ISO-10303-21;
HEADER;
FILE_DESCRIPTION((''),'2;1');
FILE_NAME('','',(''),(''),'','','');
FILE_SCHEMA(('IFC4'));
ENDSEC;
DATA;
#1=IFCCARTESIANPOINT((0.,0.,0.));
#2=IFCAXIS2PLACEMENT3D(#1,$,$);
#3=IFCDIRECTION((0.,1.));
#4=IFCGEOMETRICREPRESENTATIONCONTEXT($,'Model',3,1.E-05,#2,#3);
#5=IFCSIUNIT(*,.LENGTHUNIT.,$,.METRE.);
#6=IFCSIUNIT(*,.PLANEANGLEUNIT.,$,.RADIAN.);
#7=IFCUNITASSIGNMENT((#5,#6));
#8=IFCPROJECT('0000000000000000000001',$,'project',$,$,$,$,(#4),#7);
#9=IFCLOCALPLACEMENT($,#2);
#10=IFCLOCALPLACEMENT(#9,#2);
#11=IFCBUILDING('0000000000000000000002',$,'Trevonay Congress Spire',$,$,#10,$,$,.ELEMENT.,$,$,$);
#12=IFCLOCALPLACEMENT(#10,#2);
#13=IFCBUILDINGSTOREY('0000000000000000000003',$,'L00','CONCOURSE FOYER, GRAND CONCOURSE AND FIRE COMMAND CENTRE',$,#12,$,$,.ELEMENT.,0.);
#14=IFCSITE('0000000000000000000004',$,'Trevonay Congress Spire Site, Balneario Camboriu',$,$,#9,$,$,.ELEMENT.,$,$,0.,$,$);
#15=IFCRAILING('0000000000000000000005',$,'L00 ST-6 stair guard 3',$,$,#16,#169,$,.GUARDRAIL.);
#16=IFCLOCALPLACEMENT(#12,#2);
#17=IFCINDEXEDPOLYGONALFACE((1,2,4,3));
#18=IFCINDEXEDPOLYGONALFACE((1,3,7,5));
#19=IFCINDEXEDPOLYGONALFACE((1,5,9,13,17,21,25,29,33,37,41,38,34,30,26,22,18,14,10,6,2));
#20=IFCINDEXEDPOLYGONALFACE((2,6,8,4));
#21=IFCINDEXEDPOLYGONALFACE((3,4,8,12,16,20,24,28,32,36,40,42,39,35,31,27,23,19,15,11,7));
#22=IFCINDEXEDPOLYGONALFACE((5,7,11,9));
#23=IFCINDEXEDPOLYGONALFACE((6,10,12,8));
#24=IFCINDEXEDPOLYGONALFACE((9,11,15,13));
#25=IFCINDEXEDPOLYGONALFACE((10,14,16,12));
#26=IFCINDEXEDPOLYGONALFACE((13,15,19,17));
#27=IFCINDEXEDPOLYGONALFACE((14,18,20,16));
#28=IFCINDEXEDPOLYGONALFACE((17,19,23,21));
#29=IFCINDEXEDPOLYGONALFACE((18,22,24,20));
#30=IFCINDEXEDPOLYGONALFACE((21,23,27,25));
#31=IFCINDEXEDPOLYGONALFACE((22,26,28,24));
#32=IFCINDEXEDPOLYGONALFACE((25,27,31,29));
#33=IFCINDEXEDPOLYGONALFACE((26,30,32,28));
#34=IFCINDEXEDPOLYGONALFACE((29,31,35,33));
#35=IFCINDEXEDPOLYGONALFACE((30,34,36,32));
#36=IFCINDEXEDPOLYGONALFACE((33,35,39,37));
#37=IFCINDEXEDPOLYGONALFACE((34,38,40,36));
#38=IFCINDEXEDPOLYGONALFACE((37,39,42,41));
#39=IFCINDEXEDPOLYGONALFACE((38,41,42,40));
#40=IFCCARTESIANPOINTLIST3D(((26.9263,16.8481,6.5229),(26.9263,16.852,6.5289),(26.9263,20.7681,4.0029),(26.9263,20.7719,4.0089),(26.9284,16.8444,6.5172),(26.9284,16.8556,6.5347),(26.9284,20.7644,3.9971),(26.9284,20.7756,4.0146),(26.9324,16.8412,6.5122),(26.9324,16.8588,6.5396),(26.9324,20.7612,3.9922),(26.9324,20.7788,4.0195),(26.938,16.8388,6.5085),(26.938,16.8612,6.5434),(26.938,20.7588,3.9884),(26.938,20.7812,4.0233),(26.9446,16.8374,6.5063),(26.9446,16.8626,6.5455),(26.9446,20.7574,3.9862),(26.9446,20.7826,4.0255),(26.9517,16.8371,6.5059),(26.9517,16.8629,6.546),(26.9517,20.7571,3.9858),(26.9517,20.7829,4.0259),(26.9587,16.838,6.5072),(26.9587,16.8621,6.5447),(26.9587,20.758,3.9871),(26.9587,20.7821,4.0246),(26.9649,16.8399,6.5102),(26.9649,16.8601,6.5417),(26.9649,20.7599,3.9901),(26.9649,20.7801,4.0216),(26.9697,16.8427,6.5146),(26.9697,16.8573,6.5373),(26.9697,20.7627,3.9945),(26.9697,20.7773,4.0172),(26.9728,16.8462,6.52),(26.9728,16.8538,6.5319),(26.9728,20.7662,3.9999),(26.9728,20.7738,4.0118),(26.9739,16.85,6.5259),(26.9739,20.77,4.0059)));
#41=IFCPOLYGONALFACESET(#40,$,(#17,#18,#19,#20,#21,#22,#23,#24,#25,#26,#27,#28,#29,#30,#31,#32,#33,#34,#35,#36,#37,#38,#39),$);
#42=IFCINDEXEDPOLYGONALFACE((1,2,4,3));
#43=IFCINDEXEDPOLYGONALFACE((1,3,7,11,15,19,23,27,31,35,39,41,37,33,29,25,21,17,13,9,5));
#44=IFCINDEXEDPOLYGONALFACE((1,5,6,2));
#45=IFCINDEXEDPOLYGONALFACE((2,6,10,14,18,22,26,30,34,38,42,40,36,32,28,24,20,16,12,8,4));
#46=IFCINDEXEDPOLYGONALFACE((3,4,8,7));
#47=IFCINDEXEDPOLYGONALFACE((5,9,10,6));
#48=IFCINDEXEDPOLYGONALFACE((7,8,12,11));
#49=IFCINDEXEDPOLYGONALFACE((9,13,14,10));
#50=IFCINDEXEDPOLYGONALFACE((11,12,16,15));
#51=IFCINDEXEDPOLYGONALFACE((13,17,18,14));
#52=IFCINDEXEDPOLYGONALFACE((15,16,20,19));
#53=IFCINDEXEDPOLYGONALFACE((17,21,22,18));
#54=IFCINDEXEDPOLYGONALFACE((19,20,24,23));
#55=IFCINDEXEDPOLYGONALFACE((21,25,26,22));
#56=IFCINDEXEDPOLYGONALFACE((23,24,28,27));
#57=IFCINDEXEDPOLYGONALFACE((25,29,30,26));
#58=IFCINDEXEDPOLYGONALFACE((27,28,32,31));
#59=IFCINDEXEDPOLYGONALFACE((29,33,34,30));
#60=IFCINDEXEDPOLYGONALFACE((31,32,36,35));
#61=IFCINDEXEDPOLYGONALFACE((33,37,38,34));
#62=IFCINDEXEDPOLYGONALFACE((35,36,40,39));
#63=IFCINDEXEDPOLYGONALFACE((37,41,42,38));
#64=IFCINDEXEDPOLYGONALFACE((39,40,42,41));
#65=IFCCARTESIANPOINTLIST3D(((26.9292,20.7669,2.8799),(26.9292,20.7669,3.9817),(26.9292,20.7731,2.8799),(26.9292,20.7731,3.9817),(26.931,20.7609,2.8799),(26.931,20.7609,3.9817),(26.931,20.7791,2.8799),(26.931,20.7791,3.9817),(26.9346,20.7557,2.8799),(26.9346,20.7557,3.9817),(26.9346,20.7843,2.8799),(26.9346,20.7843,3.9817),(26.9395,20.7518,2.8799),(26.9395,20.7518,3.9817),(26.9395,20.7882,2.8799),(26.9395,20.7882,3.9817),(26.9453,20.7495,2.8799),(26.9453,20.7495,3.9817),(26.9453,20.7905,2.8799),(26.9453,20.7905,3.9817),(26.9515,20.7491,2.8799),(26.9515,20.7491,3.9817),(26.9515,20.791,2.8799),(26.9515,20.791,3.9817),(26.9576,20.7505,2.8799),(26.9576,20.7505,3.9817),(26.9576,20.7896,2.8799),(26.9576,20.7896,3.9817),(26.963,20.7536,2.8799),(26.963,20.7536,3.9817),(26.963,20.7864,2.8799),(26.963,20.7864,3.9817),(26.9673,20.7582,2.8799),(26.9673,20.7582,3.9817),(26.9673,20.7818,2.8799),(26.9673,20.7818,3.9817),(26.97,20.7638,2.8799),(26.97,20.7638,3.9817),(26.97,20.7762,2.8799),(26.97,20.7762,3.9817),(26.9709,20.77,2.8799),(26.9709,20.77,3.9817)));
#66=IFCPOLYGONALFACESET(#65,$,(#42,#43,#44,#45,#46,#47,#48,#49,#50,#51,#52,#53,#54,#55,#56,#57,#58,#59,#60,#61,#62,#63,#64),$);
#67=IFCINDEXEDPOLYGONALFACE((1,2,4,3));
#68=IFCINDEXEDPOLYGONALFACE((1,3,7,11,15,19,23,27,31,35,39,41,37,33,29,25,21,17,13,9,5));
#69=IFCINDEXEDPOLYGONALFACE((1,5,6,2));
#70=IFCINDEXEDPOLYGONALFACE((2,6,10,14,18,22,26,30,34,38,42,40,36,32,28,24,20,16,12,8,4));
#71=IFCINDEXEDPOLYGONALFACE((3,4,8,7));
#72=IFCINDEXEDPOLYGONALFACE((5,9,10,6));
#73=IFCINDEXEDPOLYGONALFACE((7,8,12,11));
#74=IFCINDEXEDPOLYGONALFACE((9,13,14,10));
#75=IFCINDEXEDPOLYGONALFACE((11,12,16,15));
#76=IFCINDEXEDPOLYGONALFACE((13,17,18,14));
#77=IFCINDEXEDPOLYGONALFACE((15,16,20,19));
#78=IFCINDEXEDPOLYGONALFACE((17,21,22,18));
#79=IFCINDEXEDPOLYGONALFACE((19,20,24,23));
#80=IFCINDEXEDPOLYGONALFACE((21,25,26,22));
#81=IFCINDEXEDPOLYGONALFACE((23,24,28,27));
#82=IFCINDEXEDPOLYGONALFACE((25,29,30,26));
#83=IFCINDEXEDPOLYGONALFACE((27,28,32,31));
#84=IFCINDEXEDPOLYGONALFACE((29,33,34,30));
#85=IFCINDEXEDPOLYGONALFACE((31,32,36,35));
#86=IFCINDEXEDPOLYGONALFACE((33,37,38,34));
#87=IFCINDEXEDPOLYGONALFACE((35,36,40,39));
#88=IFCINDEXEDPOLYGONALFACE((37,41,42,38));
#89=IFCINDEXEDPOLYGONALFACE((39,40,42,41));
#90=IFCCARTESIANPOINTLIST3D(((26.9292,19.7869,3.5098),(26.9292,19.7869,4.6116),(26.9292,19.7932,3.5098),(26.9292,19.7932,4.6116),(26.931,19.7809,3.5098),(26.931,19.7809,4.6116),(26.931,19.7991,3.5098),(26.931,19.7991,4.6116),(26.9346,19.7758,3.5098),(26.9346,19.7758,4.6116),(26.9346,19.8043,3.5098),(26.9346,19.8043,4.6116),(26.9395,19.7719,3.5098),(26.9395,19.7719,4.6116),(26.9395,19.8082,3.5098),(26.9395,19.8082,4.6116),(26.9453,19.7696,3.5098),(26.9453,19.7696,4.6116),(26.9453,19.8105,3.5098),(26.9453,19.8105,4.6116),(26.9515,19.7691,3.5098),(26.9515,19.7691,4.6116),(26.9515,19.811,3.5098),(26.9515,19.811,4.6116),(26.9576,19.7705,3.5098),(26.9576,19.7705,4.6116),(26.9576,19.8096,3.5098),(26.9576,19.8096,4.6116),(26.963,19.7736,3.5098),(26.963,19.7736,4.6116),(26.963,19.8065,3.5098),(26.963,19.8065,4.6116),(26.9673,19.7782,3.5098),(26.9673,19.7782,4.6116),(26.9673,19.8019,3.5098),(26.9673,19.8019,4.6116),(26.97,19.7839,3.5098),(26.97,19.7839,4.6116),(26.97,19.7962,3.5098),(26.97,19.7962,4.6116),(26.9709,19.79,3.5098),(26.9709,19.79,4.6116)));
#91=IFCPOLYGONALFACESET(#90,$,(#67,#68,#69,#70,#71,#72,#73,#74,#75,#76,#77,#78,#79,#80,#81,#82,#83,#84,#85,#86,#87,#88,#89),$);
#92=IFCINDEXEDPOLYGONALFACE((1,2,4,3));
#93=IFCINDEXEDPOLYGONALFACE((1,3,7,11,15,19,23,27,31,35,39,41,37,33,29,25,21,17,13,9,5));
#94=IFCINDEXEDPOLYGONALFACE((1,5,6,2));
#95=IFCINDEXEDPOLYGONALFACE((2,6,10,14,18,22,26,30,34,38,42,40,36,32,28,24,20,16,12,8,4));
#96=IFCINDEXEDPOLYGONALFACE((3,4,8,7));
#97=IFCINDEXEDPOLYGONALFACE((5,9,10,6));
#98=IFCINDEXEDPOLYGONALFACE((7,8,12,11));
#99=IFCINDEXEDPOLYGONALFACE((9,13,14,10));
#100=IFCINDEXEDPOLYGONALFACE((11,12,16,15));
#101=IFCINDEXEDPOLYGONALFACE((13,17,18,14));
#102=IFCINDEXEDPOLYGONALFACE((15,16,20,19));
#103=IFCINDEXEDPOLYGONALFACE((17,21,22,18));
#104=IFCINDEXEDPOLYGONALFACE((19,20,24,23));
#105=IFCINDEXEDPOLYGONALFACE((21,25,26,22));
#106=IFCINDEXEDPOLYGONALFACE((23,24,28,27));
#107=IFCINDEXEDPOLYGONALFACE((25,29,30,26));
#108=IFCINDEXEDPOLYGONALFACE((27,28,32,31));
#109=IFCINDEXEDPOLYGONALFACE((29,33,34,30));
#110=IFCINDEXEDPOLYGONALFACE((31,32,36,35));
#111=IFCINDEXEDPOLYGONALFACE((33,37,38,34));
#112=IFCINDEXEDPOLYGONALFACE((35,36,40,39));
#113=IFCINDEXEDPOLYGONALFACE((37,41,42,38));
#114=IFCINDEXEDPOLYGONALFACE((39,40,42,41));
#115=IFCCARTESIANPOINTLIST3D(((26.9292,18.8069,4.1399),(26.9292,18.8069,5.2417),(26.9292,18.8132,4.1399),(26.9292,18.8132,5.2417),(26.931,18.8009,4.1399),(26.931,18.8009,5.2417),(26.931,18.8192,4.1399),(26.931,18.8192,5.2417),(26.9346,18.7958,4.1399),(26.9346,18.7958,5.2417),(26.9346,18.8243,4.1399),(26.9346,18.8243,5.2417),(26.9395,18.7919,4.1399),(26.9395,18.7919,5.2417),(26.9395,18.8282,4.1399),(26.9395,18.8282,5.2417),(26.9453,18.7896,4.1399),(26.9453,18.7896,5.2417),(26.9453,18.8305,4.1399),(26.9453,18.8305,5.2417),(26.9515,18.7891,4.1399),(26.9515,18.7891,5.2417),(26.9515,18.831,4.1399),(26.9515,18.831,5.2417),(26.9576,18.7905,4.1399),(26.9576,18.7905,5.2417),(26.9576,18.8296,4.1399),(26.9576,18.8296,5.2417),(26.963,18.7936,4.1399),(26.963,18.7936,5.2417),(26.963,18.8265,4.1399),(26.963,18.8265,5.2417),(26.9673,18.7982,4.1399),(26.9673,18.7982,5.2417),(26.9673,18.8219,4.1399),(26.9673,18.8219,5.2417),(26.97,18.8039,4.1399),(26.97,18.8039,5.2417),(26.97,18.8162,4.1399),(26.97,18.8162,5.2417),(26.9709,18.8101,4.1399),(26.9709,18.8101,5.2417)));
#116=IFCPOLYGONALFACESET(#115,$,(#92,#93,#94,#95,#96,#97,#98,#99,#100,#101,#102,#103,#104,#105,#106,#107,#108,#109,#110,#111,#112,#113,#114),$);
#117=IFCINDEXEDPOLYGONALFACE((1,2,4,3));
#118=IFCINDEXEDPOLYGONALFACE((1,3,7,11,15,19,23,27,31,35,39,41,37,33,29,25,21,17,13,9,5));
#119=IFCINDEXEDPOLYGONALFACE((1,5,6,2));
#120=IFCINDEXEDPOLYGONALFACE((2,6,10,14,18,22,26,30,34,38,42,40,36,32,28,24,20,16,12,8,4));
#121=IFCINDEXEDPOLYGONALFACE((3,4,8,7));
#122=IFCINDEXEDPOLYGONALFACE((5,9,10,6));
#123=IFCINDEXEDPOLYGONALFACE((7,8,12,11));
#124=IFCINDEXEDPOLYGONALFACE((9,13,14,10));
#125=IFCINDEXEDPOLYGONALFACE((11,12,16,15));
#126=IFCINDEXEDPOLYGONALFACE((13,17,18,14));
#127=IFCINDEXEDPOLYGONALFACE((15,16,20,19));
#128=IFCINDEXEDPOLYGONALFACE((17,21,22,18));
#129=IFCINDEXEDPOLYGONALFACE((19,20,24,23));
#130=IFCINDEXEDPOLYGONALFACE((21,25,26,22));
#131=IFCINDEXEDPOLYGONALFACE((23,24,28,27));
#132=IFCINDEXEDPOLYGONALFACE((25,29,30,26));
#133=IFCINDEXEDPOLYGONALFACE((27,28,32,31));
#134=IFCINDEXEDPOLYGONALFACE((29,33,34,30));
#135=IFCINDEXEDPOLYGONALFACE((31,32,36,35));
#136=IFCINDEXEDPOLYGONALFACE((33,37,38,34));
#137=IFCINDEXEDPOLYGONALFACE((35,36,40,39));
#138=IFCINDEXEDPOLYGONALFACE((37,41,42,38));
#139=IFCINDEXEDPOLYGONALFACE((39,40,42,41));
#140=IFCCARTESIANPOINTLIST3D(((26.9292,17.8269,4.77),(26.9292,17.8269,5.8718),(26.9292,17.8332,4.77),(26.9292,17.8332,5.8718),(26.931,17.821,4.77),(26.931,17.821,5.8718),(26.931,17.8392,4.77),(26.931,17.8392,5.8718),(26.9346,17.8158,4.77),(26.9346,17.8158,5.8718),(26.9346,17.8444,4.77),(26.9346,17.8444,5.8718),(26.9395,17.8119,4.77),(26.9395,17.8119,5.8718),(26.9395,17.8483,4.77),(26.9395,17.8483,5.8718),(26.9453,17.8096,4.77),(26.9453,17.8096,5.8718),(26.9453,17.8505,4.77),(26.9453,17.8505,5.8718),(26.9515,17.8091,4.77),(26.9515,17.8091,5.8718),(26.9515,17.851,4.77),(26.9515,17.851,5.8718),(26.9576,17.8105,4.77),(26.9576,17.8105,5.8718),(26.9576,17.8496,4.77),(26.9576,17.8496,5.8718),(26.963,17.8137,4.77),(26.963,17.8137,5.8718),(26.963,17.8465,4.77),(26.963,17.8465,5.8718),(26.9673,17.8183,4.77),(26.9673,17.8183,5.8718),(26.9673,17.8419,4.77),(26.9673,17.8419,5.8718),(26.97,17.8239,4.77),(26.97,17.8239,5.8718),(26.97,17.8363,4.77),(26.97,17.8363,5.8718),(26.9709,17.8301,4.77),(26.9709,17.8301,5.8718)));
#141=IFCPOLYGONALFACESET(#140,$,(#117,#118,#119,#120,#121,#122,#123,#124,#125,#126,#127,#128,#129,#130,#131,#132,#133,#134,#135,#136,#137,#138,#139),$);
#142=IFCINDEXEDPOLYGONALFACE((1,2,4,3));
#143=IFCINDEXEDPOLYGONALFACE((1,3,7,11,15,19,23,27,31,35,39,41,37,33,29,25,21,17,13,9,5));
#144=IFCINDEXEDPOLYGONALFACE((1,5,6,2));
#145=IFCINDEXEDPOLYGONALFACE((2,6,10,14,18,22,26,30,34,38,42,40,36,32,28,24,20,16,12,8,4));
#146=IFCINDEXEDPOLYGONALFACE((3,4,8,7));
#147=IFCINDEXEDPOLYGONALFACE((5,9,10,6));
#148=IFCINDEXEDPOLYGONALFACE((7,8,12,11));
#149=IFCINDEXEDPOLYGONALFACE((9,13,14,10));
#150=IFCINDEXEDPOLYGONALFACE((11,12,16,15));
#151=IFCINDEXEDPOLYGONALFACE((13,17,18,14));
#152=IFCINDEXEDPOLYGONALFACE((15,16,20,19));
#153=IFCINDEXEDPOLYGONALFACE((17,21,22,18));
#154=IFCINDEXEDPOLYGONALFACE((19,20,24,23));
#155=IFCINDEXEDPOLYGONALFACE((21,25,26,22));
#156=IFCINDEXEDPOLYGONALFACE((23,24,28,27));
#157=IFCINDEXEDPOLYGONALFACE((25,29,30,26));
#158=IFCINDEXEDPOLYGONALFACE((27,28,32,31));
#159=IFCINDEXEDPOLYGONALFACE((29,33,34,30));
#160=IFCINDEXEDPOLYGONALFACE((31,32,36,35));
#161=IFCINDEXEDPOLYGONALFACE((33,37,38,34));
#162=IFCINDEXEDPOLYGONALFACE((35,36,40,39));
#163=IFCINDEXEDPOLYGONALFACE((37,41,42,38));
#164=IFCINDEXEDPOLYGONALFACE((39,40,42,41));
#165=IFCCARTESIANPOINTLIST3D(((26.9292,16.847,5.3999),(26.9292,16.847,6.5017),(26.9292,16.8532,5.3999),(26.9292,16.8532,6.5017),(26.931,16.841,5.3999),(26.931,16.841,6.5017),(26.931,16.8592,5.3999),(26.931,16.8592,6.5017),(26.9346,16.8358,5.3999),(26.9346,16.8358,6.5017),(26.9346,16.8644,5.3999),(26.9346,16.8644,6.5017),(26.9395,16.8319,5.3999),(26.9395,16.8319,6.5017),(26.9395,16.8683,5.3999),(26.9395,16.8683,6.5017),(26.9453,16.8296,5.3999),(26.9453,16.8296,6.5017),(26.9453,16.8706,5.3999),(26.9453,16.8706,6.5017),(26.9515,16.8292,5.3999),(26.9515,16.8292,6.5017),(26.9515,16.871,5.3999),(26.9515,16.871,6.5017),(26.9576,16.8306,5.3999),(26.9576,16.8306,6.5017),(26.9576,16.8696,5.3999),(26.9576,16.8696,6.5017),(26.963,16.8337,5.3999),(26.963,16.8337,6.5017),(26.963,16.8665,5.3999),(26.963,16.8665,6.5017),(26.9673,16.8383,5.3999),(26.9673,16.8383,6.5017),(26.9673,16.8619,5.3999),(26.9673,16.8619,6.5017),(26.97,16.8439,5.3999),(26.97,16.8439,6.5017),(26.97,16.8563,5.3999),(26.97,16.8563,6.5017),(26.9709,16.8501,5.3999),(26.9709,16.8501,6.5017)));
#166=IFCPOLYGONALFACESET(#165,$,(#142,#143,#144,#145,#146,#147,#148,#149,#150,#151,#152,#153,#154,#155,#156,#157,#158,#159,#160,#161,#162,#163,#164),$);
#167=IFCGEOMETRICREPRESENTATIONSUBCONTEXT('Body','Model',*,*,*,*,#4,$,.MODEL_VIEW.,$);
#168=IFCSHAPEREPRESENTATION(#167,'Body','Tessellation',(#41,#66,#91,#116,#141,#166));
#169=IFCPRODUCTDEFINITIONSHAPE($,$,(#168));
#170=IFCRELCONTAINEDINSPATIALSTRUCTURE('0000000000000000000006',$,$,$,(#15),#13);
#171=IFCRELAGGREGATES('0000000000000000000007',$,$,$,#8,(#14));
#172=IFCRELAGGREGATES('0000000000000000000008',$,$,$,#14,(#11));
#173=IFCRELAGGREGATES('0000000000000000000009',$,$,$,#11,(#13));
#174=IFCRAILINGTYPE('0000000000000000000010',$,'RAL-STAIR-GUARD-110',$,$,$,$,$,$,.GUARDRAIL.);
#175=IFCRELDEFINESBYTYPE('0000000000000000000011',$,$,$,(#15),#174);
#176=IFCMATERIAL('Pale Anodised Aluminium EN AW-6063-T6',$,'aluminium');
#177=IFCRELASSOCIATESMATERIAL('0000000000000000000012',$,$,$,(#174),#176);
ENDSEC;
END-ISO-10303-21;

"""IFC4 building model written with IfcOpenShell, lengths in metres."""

from ifc_helpers import new_model, si_unit, direction, frame, origin, origin_2d, place, context, subcontext, project, spatial, circle, extrude, material, type_object, element, save


model = new_model("IFC4")

# Units and contexts
model_context = context("Model", 3, precision=1e-05, world=origin(), true_north=direction((0.0, 1.0)))
body_context = subcontext(model_context, "Body", "Model", "MODEL_VIEW")
ifc_project = project(units=[si_unit("LENGTHUNIT", "METRE"), si_unit("PLANEANGLEUNIT", "RADIAN")], contexts=[model_context])

# Site, building, storey
site_placement = place(None, origin())
site = spatial("IfcSite", under=ifc_project, at=site_placement, Name="Trevonay Congress Spire Site, Balneario Camboriu", CompositionType="ELEMENT", RefElevation=0.0)
building_placement = place(site_placement, origin())
building = spatial("IfcBuilding", under=site, at=building_placement, Name="Trevonay Congress Spire", CompositionType="ELEMENT")
storey_placement = place(building_placement, origin())
storey = spatial("IfcBuildingStorey", under=building, at=storey_placement, Name="L00", Description="CONCOURSE FOYER, GRAND CONCOURSE AND FIRE COMMAND CENTRE", CompositionType="ELEMENT", Elevation=0.0)

# Shared definitions
ifc_material_1 = material(Name="Pale Anodised Aluminium EN AW-6063-T6", Category="aluminium")

# Railing
railing_type_1 = type_object("IfcRailingType", Name="RAL-STAIR-GUARD-110", PredefinedType="GUARDRAIL", material=ifc_material_1)
railing_1_placement = place(storey_placement, frame((26.95, 20.77, 2.8799)))
element("IfcRailing", 1, at=railing_1_placement, inside=storey, type_object=railing_type_1, Name="L00 ST-6 stair guard 3", PredefinedType="GUARDRAIL", context=body_context, shape_type="SweptSolid", body=[
    extrude(circle(Radius=0.0239, at=origin_2d()), frame((0.0, 0.0, 1.126), z_axis=(0.0, -0.841172, 0.540768), x_axis=(1.0, 0.0, 0.0)), (0.0, 0.0, 1.0), 4.6602),
    extrude(circle(Radius=0.021, at=origin_2d()), origin(), (0.0, 0.0, 1.0), 1.1018),
    extrude(circle(Radius=0.021, at=origin_2d()), frame((0.0, -0.98, 0.6299)), (0.0, 0.0, 1.0), 1.1018),
    extrude(circle(Radius=0.021, at=origin_2d()), frame((0.0, -1.96, 1.26)), (0.0, 0.0, 1.0), 1.1018),
    extrude(circle(Radius=0.021, at=origin_2d()), frame((0.0, -2.9399, 1.8901)), (0.0, 0.0, 1.0), 1.1018),
    extrude(circle(Radius=0.021, at=origin_2d()), frame((0.0, -3.9199, 2.52)), (0.0, 0.0, 1.0), 1.1018),
])

save(model, "model.ifc")
